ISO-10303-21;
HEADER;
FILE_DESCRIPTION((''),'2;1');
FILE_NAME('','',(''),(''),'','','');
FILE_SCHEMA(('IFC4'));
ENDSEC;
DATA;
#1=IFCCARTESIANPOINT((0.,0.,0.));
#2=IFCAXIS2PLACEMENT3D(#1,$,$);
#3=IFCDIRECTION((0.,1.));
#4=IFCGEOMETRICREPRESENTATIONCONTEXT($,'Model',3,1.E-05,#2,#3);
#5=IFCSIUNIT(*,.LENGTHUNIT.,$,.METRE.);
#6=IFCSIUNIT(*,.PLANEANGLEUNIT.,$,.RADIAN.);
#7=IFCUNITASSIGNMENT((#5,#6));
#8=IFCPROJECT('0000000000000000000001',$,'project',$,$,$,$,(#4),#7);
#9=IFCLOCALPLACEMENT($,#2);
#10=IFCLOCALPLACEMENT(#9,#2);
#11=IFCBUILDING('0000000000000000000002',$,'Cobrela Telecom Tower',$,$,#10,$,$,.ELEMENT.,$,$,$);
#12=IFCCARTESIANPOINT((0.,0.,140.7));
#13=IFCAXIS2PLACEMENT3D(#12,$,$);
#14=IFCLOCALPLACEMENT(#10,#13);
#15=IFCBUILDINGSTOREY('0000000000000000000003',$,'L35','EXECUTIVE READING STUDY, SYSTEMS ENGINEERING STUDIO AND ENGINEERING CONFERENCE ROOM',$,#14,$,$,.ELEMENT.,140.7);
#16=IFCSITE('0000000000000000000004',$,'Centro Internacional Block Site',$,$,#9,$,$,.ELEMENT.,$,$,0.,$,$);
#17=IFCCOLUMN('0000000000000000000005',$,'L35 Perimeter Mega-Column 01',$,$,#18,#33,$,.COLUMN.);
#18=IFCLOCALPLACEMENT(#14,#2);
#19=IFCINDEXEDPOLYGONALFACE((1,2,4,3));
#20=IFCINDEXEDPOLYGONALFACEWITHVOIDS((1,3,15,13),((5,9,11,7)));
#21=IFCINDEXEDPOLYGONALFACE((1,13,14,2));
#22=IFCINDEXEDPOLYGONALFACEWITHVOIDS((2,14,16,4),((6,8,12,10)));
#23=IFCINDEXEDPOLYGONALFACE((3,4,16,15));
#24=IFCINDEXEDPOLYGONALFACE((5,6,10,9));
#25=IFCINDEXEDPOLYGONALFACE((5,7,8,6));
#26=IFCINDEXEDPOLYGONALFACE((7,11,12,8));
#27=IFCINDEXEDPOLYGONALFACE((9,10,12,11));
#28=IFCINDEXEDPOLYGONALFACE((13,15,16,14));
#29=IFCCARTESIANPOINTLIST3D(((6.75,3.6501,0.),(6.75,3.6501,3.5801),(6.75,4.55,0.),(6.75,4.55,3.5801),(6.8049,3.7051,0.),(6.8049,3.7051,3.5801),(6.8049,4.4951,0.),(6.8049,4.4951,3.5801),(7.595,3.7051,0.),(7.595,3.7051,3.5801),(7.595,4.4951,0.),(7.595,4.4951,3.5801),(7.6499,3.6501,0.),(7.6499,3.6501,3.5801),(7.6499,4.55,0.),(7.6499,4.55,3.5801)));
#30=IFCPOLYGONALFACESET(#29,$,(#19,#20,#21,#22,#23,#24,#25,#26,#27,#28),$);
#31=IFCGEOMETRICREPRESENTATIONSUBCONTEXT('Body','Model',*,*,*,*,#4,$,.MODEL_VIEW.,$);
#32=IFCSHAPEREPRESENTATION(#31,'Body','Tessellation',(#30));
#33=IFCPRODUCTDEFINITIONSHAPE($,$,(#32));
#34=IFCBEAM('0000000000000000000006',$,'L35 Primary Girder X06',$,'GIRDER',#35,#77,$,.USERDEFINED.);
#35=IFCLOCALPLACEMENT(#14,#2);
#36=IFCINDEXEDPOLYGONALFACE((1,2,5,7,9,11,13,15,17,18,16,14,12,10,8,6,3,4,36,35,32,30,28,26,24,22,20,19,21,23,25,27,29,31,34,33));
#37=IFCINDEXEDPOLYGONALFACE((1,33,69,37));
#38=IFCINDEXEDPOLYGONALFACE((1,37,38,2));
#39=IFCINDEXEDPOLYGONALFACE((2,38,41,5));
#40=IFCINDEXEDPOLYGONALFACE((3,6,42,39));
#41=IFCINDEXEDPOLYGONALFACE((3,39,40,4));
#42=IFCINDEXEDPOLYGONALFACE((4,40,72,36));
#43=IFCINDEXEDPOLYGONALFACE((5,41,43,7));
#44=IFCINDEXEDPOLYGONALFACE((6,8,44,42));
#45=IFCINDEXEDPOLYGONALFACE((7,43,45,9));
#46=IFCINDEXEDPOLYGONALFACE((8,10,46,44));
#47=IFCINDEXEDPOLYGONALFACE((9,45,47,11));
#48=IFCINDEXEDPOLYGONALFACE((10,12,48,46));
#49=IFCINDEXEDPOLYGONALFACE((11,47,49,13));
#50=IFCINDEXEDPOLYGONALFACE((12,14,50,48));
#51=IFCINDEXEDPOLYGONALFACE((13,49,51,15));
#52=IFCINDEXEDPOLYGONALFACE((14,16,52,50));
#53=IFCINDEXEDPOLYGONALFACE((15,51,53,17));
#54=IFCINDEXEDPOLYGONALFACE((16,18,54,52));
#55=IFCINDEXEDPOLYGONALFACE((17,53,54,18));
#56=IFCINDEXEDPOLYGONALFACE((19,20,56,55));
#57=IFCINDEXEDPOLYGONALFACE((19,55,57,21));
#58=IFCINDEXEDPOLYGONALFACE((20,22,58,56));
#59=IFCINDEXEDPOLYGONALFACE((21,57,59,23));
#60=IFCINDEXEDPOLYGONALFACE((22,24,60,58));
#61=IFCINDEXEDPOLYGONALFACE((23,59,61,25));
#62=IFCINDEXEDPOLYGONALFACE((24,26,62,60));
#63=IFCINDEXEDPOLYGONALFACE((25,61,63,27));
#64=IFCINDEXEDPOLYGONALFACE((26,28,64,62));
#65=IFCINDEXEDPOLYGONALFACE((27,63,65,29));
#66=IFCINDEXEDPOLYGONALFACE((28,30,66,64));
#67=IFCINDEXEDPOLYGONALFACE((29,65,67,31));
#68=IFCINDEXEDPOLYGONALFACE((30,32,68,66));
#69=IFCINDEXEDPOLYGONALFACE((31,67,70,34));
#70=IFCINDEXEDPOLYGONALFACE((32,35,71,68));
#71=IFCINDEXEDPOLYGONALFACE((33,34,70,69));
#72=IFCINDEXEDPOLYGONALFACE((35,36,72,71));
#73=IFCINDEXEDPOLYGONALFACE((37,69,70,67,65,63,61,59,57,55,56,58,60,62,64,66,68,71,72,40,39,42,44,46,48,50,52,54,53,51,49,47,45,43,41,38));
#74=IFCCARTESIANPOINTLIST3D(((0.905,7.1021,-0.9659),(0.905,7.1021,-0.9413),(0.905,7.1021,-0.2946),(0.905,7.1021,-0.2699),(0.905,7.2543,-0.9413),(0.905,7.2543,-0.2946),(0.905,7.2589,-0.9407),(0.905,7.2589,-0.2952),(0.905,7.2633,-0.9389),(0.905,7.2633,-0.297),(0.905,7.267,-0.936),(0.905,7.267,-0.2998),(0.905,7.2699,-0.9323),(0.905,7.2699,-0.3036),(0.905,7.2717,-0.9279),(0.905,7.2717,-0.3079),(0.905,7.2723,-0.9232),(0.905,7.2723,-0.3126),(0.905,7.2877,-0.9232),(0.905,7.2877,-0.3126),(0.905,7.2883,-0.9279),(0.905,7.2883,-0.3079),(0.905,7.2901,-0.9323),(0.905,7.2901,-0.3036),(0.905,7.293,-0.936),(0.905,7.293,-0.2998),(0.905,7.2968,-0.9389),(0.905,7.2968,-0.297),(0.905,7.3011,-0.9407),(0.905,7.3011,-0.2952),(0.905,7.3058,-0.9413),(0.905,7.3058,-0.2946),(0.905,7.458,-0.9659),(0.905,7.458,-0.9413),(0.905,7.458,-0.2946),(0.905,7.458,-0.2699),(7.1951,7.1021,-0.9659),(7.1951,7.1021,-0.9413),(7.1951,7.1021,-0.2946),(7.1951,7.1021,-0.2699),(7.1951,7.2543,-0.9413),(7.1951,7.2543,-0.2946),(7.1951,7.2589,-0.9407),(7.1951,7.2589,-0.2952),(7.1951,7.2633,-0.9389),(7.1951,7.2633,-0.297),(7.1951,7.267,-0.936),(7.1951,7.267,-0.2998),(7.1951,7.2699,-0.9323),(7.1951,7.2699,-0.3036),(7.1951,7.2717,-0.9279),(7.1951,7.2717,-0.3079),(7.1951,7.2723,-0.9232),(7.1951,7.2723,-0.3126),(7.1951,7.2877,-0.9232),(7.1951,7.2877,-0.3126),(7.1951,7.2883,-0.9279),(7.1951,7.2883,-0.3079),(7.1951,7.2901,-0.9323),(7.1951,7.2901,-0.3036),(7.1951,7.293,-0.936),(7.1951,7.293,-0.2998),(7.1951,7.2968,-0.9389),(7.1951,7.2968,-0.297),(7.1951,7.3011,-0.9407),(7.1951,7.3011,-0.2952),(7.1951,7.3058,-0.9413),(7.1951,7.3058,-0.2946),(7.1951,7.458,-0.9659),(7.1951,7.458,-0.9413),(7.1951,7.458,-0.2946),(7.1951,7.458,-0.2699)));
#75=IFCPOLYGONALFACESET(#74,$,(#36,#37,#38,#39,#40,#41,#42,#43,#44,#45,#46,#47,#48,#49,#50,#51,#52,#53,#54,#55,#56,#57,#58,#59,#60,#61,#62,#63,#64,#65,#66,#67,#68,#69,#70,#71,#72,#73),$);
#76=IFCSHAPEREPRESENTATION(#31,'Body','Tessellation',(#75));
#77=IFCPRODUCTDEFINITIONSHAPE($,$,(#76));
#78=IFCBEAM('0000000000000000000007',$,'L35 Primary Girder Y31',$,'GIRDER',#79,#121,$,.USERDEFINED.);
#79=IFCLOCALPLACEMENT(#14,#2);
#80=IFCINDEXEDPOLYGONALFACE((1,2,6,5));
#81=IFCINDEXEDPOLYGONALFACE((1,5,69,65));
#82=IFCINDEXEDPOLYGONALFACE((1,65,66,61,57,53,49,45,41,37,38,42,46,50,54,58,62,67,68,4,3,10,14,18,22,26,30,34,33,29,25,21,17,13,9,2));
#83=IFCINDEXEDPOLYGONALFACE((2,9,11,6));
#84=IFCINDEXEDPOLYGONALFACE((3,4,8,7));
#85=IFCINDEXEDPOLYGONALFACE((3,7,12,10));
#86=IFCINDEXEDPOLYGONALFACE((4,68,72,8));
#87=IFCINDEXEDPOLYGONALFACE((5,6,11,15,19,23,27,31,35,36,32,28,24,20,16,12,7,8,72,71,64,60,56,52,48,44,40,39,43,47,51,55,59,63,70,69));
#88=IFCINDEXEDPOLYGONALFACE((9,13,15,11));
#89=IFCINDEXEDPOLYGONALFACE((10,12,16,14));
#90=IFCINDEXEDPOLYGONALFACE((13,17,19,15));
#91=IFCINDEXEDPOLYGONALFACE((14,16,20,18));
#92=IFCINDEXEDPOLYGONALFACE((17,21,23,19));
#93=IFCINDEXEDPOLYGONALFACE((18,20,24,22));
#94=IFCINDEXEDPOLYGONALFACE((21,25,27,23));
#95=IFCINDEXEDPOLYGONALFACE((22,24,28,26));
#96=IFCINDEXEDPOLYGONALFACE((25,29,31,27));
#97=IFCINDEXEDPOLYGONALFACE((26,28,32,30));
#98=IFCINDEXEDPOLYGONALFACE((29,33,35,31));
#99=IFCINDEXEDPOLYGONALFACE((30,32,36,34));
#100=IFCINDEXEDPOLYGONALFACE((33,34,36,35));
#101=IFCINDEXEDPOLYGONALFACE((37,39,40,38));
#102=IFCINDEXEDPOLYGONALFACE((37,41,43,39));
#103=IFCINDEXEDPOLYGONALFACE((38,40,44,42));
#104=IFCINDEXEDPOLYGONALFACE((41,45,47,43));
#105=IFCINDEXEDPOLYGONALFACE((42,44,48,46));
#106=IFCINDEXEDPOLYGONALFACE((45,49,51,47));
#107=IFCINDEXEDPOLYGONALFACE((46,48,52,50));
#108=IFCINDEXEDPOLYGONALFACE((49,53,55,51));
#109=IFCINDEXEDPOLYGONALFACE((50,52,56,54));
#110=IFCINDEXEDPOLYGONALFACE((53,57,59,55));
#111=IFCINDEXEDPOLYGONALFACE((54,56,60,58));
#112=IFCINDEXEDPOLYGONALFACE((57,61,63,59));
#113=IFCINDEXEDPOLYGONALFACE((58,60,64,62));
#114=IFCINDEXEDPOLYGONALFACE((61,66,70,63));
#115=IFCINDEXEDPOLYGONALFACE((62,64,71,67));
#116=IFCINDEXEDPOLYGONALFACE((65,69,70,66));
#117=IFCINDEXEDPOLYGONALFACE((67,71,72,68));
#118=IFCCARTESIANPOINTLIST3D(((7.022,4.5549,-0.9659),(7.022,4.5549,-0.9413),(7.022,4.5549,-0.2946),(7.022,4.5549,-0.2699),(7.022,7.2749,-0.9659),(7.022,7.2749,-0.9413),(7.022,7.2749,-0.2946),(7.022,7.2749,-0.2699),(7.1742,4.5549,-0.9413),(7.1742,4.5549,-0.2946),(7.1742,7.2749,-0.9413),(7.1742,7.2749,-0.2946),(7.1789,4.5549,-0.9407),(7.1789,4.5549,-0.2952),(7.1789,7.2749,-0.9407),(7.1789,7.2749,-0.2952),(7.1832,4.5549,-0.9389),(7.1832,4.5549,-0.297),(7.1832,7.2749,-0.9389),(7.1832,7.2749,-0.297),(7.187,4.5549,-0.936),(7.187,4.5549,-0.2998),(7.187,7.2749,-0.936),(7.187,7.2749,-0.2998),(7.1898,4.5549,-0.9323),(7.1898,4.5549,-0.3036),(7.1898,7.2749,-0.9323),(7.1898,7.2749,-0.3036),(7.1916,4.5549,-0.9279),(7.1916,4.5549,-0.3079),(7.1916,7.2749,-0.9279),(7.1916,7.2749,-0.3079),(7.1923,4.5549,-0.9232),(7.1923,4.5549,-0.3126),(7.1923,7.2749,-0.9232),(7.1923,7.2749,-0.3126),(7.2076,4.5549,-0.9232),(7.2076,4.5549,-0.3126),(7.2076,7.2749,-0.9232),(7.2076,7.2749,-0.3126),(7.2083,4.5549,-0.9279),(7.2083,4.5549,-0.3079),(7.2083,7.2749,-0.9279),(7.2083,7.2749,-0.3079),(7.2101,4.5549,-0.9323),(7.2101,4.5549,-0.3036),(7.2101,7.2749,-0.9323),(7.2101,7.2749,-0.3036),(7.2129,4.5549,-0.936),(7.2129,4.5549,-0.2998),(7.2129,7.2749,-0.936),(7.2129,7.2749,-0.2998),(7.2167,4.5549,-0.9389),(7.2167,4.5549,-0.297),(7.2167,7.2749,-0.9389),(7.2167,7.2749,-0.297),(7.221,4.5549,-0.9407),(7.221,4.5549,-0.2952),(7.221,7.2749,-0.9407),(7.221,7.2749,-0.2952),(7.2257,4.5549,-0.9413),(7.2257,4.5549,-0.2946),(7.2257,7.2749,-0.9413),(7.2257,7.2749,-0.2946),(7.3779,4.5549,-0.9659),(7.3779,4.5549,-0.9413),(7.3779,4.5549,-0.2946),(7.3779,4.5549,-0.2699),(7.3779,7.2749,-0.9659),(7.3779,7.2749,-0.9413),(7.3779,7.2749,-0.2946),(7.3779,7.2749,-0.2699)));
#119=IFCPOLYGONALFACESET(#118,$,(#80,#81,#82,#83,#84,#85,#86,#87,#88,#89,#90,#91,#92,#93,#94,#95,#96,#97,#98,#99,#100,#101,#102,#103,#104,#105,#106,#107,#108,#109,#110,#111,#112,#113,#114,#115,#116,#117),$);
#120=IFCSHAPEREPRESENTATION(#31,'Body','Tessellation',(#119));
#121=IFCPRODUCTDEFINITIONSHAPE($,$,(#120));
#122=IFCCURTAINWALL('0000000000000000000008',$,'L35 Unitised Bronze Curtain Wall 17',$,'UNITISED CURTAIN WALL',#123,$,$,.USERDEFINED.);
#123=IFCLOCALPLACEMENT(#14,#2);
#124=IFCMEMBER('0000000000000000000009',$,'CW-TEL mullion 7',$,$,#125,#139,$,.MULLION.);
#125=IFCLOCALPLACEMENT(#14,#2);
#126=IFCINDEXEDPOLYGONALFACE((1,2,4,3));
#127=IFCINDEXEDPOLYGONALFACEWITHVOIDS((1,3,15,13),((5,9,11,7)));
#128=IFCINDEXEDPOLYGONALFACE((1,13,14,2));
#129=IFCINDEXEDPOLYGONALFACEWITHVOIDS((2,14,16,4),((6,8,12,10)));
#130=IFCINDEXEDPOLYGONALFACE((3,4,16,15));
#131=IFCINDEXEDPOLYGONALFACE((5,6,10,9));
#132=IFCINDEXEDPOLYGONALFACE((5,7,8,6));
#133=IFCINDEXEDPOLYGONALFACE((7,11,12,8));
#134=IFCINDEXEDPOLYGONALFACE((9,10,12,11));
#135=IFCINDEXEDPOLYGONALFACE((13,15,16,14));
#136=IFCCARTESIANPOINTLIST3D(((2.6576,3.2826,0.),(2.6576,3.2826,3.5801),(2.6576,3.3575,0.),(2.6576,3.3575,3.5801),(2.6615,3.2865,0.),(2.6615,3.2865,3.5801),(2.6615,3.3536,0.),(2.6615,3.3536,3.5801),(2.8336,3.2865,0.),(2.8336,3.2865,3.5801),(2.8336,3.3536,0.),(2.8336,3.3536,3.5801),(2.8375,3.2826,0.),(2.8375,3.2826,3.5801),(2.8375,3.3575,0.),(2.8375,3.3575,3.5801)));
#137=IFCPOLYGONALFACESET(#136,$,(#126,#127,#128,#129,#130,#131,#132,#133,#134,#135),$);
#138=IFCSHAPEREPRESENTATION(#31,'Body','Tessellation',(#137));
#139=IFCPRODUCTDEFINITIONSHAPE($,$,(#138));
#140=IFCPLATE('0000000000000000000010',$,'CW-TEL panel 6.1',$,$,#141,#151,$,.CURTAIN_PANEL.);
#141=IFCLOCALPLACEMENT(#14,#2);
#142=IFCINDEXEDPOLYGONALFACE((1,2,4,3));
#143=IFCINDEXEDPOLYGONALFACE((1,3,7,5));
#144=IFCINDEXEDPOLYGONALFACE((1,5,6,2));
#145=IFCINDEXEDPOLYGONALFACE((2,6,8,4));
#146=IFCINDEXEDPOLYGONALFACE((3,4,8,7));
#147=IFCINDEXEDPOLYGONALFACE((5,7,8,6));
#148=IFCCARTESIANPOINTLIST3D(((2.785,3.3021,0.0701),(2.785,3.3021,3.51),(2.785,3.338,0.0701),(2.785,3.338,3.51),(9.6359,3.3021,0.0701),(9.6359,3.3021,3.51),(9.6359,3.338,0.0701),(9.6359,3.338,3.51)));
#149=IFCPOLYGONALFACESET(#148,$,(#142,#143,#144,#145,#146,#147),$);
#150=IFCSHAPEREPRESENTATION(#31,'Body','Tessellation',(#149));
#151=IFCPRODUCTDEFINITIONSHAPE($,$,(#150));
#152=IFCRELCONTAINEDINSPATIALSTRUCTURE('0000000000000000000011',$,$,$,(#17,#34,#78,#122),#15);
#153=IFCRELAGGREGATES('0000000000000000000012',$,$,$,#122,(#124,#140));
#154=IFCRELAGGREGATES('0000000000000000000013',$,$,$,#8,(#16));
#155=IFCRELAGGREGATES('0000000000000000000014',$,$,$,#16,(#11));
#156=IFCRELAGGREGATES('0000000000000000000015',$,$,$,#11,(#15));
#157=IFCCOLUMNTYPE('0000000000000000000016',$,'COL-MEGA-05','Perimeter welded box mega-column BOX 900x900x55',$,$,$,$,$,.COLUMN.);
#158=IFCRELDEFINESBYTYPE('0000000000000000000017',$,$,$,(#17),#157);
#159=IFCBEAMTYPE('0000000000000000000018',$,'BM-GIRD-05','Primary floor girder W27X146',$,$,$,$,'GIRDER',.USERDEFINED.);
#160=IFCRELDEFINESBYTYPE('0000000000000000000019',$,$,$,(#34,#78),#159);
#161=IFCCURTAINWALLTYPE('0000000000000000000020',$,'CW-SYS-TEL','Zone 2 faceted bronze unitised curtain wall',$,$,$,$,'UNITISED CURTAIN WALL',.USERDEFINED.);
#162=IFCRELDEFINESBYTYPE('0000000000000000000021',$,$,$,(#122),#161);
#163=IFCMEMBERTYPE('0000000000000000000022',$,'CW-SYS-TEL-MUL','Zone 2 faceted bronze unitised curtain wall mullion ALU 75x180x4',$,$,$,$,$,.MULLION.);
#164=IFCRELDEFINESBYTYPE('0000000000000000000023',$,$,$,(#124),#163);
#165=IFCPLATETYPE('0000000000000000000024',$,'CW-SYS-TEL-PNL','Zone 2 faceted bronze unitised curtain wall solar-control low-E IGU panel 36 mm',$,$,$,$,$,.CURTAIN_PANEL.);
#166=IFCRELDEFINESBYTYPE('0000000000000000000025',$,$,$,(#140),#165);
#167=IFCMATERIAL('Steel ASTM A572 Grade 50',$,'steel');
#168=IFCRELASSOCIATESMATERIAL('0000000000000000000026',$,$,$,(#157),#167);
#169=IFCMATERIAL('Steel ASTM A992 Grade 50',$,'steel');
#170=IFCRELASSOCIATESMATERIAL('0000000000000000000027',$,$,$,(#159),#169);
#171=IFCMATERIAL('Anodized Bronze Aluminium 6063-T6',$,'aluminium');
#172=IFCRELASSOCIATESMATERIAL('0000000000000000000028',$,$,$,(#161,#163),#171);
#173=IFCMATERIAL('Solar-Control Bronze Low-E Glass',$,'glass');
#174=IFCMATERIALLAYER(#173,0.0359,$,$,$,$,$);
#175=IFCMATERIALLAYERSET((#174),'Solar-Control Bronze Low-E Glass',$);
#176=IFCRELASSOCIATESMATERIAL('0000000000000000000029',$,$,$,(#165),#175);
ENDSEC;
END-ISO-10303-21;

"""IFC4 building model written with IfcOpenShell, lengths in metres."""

from ifc_helpers import new_model, si_unit, direction, frame, origin, origin_2d, place, context, subcontext, project, spatial, rectangle, hollow_rectangle, i_section, extrude, material, layer, layer_set, material_profile, profile_set, type_object, element, aggregate, save


model = new_model("IFC4")

# Units and contexts
model_context = context("Model", 3, precision=1e-05, world=origin(), true_north=direction((0.0, 1.0)))
body_context = subcontext(model_context, "Body", "Model", "MODEL_VIEW")
ifc_project = project(units=[si_unit("LENGTHUNIT", "METRE"), si_unit("PLANEANGLEUNIT", "RADIAN")], contexts=[model_context])

# Site, building, storey
site_placement = place(None, origin())
site = spatial("IfcSite", under=ifc_project, at=site_placement, Name="Centro Internacional Block Site", CompositionType="ELEMENT", RefElevation=0.0)
building_placement = place(site_placement, origin())
building = spatial("IfcBuilding", under=site, at=building_placement, Name="Cobrela Telecom Tower", CompositionType="ELEMENT")
storey_placement = place(building_placement, frame((0.0, 0.0, 140.7)))
storey = spatial("IfcBuildingStorey", under=building, at=storey_placement, Name="L35", Description="EXECUTIVE READING STUDY, SYSTEMS ENGINEERING STUDIO AND ENGINEERING CONFERENCE ROOM", CompositionType="ELEMENT", Elevation=140.7)

# Column
ifc_material_1 = material(Name="Steel ASTM A572 Grade 50", Category="steel")
ifc_material_profile_1 = material_profile(ifc_material_1, hollow_rectangle(XDim=0.8999, YDim=0.8999, WallThickness=0.0549, at=origin_2d()), Name="BOX 900x900x55")
ifc_profile_set_1 = profile_set([ifc_material_profile_1], Name="Steel ASTM A572 Grade 50")
column_type = type_object("IfcColumnType", Name="COL-MEGA-05", Description="Perimeter welded box mega-column BOX 900x900x55", PredefinedType="COLUMN", material=ifc_profile_set_1)
column_placement = place(storey_placement, frame((7.2, 4.1001, 0.0), z_axis=(0.0, 0.0, 1.0), x_axis=(1.0, 0.0, 0.0)))
element("IfcColumn", 1, at=column_placement, inside=storey, type_object=column_type, Name="L35 Perimeter Mega-Column 01", PredefinedType="COLUMN", context=body_context, shape_type="SweptSolid", body=[
    extrude(hollow_rectangle(XDim=0.8999, YDim=0.8999, WallThickness=0.0549, at=origin_2d()), origin(), (0.0, 0.0, 1.0), 3.5801),
])

# Beams
ifc_material_2 = material(Name="Steel ASTM A992 Grade 50", Category="steel")
ifc_material_profile_2 = material_profile(ifc_material_2, i_section(OverallWidth=0.356, OverallDepth=0.696, WebThickness=0.0154, FlangeThickness=0.0247, FilletRadius=0.0181, at=origin_2d()), Name="W27X146")
ifc_profile_set_2 = profile_set([ifc_material_profile_2], Name="Steel ASTM A992 Grade 50")
beam_type = type_object("IfcBeamType", Name="BM-GIRD-05", Description="Primary floor girder W27X146", ElementType="GIRDER", PredefinedType="USERDEFINED", material=ifc_profile_set_2)
beam_1_placement = place(storey_placement, frame((0.905, 7.28, -0.6179), z_axis=(1.0, 0.0, 0.0), x_axis=(0.0, 1.0, 0.0)))
element("IfcBeam", 2, at=beam_1_placement, inside=storey, type_object=beam_type, Name="L35 Primary Girder X06", ObjectType="GIRDER", PredefinedType="USERDEFINED", context=body_context, shape_type="SweptSolid", body=[
    extrude(i_section(OverallWidth=0.356, OverallDepth=0.696, WebThickness=0.0154, FlangeThickness=0.0247, FilletRadius=0.0181, at=origin_2d()), origin(), (0.0, 0.0, 1.0), 6.29),
])
beam_2_placement = place(storey_placement, frame((7.2, 4.5549, -0.6179), z_axis=(0.0, 1.0, 0.0), x_axis=(-1.0, 0.0, 0.0)))
element("IfcBeam", 3, at=beam_2_placement, inside=storey, type_object=beam_type, Name="L35 Primary Girder Y31", ObjectType="GIRDER", PredefinedType="USERDEFINED", context=body_context, shape_type="SweptSolid", body=[
    extrude(i_section(OverallWidth=0.356, OverallDepth=0.696, WebThickness=0.0154, FlangeThickness=0.0247, FilletRadius=0.0181, at=origin_2d()), origin(), (0.0, 0.0, 1.0), 2.72),
])

# Curtain wall, member, plate
ifc_material_3 = material(Name="Anodized Bronze Aluminium 6063-T6", Category="aluminium")
curtain_wall_type = type_object("IfcCurtainWallType", Name="CW-SYS-TEL", Description="Zone 2 faceted bronze unitised curtain wall", ElementType="UNITISED CURTAIN WALL", PredefinedType="USERDEFINED", material=ifc_material_3)
curtain_wall_placement = place(storey_placement, origin())
curtain_wall = element("IfcCurtainWall", 4, at=curtain_wall_placement, inside=storey, type_object=curtain_wall_type, Name="L35 Unitised Bronze Curtain Wall 17", ObjectType="UNITISED CURTAIN WALL", PredefinedType="USERDEFINED")
ifc_material_profile_3 = material_profile(ifc_material_3, hollow_rectangle(XDim=0.075, YDim=0.1799, WallThickness=0.0039, at=origin_2d()), Name="ALU 75x180x4")
ifc_profile_set_3 = profile_set([ifc_material_profile_3], Name="Anodized Bronze Aluminium 6063-T6")
member_type = type_object("IfcMemberType", Name="CW-SYS-TEL-MUL", Description="Zone 2 faceted bronze unitised curtain wall mullion ALU 75x180x4", PredefinedType="MULLION", material=ifc_profile_set_3)
member_placement = place(storey_placement, frame((2.7476, 3.3201, 0.0), z_axis=(0.0, 0.0, 1.0), x_axis=(0.0, -1.0, 0.0)))
member = element("IfcMember", 5, at=member_placement, type_object=member_type, Name="CW-TEL mullion 7", PredefinedType="MULLION", context=body_context, shape_type="SweptSolid", body=[
    extrude(hollow_rectangle(XDim=0.075, YDim=0.1799, WallThickness=0.0039, at=origin_2d()), origin(), (0.0, 0.0, 1.0), 3.5801),
])
ifc_material_4 = material(Name="Solar-Control Bronze Low-E Glass", Category="glass")
ifc_layer_1 = layer(ifc_material_4, 0.0359)
ifc_layer_set_1 = layer_set([ifc_layer_1], Name="Solar-Control Bronze Low-E Glass")
plate_type = type_object("IfcPlateType", Name="CW-SYS-TEL-PNL", Description="Zone 2 faceted bronze unitised curtain wall solar-control low-E IGU panel 36 mm", PredefinedType="CURTAIN_PANEL", material=ifc_layer_set_1)
plate_placement = place(storey_placement, frame((6.2104, 3.3201, 0.0701), z_axis=(0.0, 0.0, 1.0), x_axis=(-1.0, 0.0, 0.0)))
plate = element("IfcPlate", 6, at=plate_placement, type_object=plate_type, Name="CW-TEL panel 6.1", PredefinedType="CURTAIN_PANEL", context=body_context, shape_type="SweptSolid", body=[
    extrude(rectangle(XDim=6.8508, YDim=0.0359, at=origin_2d()), origin(), (0.0, 0.0, 1.0), 3.4399),
])
aggregate(curtain_wall, [member, plate])

save(model, "model.ifc")
